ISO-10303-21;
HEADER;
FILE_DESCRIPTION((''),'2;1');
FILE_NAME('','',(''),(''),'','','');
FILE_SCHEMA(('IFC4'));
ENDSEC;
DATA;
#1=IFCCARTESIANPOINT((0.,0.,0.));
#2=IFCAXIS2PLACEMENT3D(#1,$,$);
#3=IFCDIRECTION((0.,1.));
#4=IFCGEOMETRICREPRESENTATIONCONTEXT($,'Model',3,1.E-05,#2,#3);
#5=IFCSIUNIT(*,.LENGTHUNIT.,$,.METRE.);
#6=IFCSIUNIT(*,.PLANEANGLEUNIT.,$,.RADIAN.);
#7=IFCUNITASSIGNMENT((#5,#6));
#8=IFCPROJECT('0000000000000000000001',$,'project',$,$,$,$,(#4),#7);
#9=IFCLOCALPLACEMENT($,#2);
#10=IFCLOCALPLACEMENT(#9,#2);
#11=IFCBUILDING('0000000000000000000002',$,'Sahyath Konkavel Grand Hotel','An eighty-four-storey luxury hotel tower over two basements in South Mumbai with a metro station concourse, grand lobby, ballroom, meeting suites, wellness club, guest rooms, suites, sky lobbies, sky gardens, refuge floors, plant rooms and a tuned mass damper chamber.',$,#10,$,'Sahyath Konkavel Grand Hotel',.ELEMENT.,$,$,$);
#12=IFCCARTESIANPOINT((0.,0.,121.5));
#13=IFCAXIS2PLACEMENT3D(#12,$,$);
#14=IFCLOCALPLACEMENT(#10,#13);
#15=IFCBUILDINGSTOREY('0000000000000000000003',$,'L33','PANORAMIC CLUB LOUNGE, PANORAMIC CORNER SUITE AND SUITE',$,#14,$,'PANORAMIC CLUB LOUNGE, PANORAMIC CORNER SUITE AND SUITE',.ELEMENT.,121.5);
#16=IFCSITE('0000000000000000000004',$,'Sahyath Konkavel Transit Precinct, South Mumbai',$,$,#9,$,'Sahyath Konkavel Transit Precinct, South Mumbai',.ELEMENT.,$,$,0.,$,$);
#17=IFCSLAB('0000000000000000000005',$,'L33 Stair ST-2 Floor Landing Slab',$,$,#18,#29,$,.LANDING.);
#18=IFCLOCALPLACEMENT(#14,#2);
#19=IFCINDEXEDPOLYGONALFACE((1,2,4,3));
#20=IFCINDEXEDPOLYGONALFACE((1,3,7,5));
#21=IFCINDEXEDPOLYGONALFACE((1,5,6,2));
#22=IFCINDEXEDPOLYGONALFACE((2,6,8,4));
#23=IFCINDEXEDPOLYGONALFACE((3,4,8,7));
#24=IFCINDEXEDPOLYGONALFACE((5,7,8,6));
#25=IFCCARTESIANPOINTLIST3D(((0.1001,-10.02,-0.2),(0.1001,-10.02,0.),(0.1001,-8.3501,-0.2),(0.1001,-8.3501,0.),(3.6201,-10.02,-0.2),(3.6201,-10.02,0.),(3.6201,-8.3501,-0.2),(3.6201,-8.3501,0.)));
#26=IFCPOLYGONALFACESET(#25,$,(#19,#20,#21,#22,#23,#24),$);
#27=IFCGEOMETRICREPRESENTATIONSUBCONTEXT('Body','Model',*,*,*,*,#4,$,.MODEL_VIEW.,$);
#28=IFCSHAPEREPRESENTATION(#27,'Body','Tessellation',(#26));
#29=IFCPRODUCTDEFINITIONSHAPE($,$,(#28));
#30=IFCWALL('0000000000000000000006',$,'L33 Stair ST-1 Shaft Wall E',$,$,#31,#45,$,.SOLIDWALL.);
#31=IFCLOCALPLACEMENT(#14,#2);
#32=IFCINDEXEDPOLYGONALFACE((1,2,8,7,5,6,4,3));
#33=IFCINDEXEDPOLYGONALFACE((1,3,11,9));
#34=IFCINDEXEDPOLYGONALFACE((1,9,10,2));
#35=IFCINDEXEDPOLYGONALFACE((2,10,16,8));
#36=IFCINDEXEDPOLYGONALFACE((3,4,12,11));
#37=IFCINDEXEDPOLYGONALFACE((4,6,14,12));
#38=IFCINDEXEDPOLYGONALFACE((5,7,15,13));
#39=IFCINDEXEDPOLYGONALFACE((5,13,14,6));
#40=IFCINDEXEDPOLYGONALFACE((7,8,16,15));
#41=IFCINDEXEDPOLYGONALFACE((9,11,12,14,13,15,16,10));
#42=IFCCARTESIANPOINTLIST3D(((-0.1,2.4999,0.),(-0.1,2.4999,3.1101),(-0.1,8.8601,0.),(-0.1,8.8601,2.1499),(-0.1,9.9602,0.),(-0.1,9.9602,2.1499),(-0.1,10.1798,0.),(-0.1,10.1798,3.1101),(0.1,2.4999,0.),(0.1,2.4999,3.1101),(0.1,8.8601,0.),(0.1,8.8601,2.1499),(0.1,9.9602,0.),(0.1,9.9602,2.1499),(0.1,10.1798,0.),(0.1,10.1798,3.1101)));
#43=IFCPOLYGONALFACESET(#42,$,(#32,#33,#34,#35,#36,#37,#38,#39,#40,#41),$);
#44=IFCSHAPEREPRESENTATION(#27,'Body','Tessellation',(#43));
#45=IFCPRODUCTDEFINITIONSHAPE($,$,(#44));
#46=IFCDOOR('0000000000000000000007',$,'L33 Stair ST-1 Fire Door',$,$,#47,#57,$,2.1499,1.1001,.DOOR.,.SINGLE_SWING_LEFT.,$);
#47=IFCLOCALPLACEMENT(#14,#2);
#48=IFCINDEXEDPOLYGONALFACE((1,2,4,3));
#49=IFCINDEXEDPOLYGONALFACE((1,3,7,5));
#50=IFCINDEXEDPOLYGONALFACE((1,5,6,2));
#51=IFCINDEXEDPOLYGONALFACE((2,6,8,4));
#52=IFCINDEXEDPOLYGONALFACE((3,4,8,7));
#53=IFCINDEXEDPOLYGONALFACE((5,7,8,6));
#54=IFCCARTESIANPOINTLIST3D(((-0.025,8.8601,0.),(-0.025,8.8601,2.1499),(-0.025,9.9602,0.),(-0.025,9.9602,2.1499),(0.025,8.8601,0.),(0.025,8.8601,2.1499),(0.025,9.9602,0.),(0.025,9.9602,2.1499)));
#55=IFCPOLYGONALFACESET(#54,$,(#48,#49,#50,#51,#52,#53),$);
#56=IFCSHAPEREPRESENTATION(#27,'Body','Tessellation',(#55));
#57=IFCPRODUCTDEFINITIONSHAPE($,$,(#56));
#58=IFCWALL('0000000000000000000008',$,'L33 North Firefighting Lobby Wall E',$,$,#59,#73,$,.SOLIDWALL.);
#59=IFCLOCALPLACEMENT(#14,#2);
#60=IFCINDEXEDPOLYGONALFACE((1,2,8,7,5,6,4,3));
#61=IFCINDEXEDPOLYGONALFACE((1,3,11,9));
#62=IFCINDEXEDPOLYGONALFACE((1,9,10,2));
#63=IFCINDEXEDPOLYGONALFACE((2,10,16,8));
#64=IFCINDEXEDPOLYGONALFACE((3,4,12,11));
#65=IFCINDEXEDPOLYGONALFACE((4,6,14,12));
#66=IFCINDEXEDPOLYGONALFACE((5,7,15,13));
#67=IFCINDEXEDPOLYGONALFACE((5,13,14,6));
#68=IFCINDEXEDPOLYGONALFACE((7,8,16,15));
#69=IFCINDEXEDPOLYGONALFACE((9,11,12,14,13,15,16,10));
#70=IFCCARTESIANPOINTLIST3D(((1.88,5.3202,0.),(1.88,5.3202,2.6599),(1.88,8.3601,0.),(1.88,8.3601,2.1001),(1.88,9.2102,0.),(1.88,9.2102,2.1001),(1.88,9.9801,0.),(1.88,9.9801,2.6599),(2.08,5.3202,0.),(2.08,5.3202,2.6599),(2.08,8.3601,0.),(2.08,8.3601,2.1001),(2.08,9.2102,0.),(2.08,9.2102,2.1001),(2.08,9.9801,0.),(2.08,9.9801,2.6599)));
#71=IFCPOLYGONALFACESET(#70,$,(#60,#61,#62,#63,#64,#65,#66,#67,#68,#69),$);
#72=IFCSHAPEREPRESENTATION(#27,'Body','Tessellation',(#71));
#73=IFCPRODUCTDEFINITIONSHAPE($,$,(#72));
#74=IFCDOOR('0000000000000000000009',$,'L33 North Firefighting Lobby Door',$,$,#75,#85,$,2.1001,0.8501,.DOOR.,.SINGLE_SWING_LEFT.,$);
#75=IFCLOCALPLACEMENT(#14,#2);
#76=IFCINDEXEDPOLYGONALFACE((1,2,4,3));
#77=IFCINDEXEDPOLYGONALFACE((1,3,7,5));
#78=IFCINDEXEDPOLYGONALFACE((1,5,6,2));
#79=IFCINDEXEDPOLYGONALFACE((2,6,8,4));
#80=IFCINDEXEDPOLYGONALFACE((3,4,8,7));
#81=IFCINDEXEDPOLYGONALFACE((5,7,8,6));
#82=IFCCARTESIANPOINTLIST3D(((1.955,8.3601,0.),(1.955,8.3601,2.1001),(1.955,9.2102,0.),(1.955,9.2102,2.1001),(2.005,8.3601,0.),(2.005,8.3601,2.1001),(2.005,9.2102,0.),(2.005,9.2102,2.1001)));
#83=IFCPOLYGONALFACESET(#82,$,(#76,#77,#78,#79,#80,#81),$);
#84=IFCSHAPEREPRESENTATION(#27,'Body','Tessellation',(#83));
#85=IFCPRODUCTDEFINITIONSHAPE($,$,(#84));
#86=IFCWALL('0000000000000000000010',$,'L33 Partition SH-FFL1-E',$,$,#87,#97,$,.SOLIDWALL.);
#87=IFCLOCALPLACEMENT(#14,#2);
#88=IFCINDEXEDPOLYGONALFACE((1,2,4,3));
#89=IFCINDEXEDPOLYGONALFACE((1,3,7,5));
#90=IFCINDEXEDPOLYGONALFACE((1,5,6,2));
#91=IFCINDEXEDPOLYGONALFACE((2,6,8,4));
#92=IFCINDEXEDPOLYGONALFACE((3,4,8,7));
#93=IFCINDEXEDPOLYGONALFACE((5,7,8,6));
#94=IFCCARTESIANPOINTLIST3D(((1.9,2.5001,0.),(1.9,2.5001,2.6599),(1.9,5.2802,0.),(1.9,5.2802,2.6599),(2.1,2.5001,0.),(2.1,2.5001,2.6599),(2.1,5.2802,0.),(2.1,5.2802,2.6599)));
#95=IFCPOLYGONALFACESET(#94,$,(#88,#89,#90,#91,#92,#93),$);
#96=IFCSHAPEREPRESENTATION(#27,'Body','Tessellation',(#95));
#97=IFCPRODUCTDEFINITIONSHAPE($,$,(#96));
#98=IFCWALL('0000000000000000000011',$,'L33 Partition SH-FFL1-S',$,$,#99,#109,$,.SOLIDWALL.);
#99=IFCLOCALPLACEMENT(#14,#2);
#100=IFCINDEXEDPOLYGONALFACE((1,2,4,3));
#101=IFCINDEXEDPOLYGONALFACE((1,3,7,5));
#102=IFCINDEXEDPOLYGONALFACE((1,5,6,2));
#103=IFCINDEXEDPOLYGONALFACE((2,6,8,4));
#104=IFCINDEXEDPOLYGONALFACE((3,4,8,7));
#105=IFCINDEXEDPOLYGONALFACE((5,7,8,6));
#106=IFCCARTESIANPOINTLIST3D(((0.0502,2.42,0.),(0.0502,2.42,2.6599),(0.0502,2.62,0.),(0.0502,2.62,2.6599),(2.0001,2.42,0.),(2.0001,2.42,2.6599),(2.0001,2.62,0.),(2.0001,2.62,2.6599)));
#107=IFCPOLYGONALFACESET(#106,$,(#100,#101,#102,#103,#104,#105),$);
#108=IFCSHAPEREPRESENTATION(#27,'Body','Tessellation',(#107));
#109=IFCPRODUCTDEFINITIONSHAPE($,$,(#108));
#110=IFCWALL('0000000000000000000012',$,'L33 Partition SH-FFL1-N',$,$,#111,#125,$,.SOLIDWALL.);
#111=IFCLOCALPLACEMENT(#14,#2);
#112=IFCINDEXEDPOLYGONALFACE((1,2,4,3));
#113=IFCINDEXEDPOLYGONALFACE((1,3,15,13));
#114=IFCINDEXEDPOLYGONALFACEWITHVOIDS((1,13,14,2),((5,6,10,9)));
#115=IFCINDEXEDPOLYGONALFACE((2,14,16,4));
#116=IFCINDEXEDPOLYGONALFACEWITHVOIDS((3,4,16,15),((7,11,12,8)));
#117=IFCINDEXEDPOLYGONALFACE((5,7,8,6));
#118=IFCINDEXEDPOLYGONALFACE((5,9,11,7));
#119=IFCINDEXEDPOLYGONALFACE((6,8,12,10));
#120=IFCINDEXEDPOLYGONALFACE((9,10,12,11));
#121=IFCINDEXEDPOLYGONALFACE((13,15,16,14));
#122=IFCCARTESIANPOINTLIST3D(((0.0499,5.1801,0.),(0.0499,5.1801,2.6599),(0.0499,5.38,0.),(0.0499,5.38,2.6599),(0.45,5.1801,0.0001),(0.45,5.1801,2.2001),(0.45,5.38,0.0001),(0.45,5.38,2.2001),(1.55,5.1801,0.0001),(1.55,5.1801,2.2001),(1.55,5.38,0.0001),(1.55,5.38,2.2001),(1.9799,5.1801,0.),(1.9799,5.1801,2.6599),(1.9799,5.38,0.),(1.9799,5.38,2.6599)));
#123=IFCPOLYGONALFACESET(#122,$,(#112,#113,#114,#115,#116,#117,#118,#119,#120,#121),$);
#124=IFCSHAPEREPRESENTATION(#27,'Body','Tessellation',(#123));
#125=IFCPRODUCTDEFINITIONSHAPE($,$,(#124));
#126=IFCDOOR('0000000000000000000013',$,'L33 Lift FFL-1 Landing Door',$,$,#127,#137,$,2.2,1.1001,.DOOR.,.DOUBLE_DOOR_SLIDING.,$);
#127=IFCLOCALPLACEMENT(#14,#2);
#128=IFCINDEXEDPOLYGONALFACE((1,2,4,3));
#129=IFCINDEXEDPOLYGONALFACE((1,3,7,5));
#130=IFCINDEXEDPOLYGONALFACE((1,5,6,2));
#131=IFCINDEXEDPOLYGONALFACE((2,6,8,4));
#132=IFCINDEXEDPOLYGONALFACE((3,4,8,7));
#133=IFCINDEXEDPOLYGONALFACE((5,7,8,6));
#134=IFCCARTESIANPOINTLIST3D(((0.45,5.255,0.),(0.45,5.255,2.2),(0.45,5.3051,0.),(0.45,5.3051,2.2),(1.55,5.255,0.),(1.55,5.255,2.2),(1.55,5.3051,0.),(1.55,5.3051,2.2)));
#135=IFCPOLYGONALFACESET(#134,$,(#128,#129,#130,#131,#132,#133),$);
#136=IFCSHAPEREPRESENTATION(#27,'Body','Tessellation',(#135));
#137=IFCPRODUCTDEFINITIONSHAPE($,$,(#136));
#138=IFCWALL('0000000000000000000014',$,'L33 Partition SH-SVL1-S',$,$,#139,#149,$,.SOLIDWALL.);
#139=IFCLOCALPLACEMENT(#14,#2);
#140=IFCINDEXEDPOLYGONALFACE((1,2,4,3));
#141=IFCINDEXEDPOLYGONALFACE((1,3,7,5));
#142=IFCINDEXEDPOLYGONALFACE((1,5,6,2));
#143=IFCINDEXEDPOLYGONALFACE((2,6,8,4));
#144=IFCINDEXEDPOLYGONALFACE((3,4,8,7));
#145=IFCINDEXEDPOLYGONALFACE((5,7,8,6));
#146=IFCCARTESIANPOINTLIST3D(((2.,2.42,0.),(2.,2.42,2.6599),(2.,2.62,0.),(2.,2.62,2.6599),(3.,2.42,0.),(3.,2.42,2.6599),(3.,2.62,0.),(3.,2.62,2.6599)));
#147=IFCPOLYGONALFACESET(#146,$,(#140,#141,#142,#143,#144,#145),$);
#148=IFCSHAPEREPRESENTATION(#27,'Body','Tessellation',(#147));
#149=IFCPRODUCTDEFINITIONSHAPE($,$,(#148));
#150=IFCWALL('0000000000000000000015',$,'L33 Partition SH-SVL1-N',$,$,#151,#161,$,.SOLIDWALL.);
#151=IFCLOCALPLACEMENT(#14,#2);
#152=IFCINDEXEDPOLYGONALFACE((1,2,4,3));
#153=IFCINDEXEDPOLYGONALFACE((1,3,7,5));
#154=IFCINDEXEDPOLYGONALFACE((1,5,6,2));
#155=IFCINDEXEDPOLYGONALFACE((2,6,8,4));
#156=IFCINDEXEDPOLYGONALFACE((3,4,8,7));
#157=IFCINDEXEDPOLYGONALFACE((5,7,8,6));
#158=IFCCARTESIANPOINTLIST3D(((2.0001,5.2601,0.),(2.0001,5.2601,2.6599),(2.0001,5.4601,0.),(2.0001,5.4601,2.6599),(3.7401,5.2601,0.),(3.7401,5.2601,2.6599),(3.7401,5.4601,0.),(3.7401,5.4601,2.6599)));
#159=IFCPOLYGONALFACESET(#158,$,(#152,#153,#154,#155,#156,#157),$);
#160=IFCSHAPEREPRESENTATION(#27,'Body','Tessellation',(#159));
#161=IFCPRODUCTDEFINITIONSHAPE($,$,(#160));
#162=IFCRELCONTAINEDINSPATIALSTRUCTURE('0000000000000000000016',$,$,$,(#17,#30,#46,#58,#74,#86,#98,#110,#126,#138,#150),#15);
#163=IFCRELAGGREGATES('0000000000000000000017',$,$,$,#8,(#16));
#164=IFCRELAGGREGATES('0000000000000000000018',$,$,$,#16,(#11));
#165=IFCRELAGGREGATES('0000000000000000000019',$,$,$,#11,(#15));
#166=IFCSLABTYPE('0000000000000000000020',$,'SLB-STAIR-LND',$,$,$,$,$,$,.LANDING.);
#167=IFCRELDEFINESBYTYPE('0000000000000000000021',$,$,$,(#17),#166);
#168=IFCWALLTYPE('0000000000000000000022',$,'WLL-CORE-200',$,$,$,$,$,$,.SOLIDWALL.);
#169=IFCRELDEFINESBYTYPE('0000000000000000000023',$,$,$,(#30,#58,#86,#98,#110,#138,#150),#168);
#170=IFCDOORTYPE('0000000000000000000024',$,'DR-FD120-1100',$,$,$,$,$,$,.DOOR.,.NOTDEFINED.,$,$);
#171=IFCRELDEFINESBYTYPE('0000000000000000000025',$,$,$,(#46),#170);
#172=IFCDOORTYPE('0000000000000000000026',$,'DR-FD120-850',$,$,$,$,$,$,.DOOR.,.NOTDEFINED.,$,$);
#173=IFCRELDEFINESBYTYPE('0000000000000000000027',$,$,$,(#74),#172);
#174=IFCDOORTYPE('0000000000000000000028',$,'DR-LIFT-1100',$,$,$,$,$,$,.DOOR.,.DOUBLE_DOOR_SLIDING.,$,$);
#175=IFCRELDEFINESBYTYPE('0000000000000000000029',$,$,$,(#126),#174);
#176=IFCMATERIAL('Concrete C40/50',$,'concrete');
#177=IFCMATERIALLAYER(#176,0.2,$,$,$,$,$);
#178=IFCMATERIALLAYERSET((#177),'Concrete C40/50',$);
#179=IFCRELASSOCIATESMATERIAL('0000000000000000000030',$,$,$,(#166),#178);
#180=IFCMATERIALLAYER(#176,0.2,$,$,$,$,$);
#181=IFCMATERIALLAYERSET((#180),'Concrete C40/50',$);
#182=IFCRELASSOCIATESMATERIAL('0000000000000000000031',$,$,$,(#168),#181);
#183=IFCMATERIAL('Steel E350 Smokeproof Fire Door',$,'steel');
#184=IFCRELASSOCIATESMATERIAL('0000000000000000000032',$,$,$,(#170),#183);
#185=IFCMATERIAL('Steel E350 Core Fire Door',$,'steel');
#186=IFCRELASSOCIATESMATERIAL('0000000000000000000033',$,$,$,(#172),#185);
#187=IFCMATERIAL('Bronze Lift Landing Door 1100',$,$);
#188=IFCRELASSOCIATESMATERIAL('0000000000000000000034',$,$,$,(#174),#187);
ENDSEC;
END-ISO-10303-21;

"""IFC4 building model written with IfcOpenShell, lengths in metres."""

from ifc_helpers import new_model, si_unit, direction, frame, frame_2d, origin, origin_2d, place, context, subcontext, project, spatial, polyline, rectangle, outline, extrude, source, transform, mapped, material, layer, layer_set, type_object, element, fill, save


model = new_model("IFC4")

# Units and contexts
model_context = context("Model", 3, precision=1e-05, world=origin(), true_north=direction((0.0, 1.0)))
body_context = subcontext(model_context, "Body", "Model", "MODEL_VIEW")
ifc_project = project(units=[si_unit("LENGTHUNIT", "METRE"), si_unit("PLANEANGLEUNIT", "RADIAN")], contexts=[model_context])

# Site, building, storey
site_placement = place(None, origin())
site = spatial("IfcSite", under=ifc_project, at=site_placement, Name="Sahyath Konkavel Transit Precinct, South Mumbai", LongName="Sahyath Konkavel Transit Precinct, South Mumbai", CompositionType="ELEMENT", RefElevation=0.0)
building_placement = place(site_placement, origin())
building = spatial("IfcBuilding", under=site, at=building_placement, Name="Sahyath Konkavel Grand Hotel", Description="An eighty-four-storey luxury hotel tower over two basements in South Mumbai with a metro station concourse, grand lobby, ballroom, meeting suites, wellness club, guest rooms, suites, sky lobbies, sky gardens, refuge floors, plant rooms and a tuned mass damper chamber.", LongName="Sahyath Konkavel Grand Hotel", CompositionType="ELEMENT")
storey_placement = place(building_placement, frame((0.0, 0.0, 121.5)))
storey = spatial("IfcBuildingStorey", under=building, at=storey_placement, Name="L33", Description="PANORAMIC CLUB LOUNGE, PANORAMIC CORNER SUITE AND SUITE", LongName="PANORAMIC CLUB LOUNGE, PANORAMIC CORNER SUITE AND SUITE", CompositionType="ELEMENT", Elevation=121.5)

# Slab
ifc_material_1 = material(Name="Concrete C40/50", Category="concrete")
ifc_layer_1 = layer(ifc_material_1, 0.2)
ifc_layer_set_1 = layer_set([ifc_layer_1], Name="Concrete C40/50")
slab_type_1 = type_object("IfcSlabType", Name="SLB-STAIR-LND", PredefinedType="LANDING", material=ifc_layer_set_1)
slab_1_placement = place(storey_placement, frame((0.0, 0.0, -0.2)))
element("IfcSlab", 1, at=slab_1_placement, inside=storey, type_object=slab_type_1, Name="L33 Stair ST-2 Floor Landing Slab", PredefinedType="LANDING", context=body_context, shape_type="SweptSolid", body=[
    extrude(outline(polyline([(0.1001, -10.02), (3.6201, -10.02), (3.6201, -8.3501), (0.1001, -8.3501), (0.1001, -10.02)])), origin(), (0.0, 0.0, 1.0), 0.2),
])

# Walls, openings, doors
ifc_layer_2 = layer(ifc_material_1, 0.2)
ifc_layer_set_2 = layer_set([ifc_layer_2], Name="Concrete C40/50")
wall_type_1 = type_object("IfcWallType", Name="WLL-CORE-200", PredefinedType="SOLIDWALL", material=ifc_layer_set_2)
wall_1_placement = place(storey_placement, frame((0.0, 2.5, 0.0), z_axis=(0.0, 0.0, 1.0), x_axis=(0.0, 1.0, 0.0)))
wall_1 = element("IfcWall", 2, at=wall_1_placement, inside=storey, type_object=wall_type_1, Name="L33 Stair ST-1 Shaft Wall E", PredefinedType="SOLIDWALL", context=body_context, shape_type="SweptSolid", body=[
    extrude(rectangle(XDim=7.6799, YDim=0.2, at=frame_2d((3.8398, 0.0))), origin(), (0.0, 0.0, 1.0), 3.1101),
])
opening_1_placement = place(wall_1_placement, frame((6.3601, 0.0, 0.0)))
opening_1 = element("IfcOpeningElement", 3, at=opening_1_placement, cuts=wall_1, PredefinedType="OPENING", context=body_context, shape_type="SweptSolid", body=[
    extrude(rectangle(XDim=1.1001, YDim=2.1499, at=frame_2d((0.55, 1.075))), frame((0.0, 0.1099, 0.0), z_axis=(0.0, -1.0, 0.0), x_axis=(1.0, 0.0, 0.0)), (0.0, 0.0, 1.0), 0.22),
])
ifc_material_2 = material(Name="Steel E350 Smokeproof Fire Door", Category="steel")
door_type_1 = type_object("IfcDoorType", Name="DR-FD120-1100", OperationType="NOTDEFINED", PredefinedType="DOOR", material=ifc_material_2)
shared_shape_1 = source(origin(), body_context, "Body", "SweptSolid", [
    extrude(rectangle(XDim=1.1001, YDim=0.05, at=origin_2d()), origin(), (0.0, 0.0, 1.0), 2.1499),
])
door_1_placement = place(opening_1_placement, frame((0.55, 0.0, 0.0)))
door_1 = element("IfcDoor", 4, at=door_1_placement, inside=storey, type_object=door_type_1, Name="L33 Stair ST-1 Fire Door", OperationType="SINGLE_SWING_LEFT", OverallHeight=2.1499, OverallWidth=1.1001, PredefinedType="DOOR", context=body_context, shape_type="MappedRepresentation", body=[
    mapped(shared_shape_1, transform((0.0, 0.0, 0.0), scale=1.0)),
])
fill(opening_1, door_1)
wall_2_placement = place(storey_placement, frame((1.98, 5.3201, 0.0), z_axis=(0.0, 0.0, 1.0), x_axis=(0.0, 1.0, 0.0)))
wall_2 = element("IfcWall", 5, at=wall_2_placement, inside=storey, type_object=wall_type_1, Name="L33 North Firefighting Lobby Wall E", PredefinedType="SOLIDWALL", context=body_context, shape_type="SweptSolid", body=[
    extrude(rectangle(XDim=4.6599, YDim=0.2, at=frame_2d((2.3301, 0.0))), origin(), (0.0, 0.0, 1.0), 2.6599),
])
opening_2_placement = place(wall_2_placement, frame((3.04, 0.0, 0.0)))
opening_2 = element("IfcOpeningElement", 6, at=opening_2_placement, cuts=wall_2, PredefinedType="OPENING", context=body_context, shape_type="SweptSolid", body=[
    extrude(rectangle(XDim=0.8501, YDim=2.1001, at=frame_2d((0.425, 1.05))), frame((0.0, 0.1099, 0.0), z_axis=(0.0, -1.0, 0.0), x_axis=(1.0, 0.0, 0.0)), (0.0, 0.0, 1.0), 0.22),
])
ifc_material_3 = material(Name="Steel E350 Core Fire Door", Category="steel")
door_type_2 = type_object("IfcDoorType", Name="DR-FD120-850", OperationType="NOTDEFINED", PredefinedType="DOOR", material=ifc_material_3)
shared_shape_2 = source(origin(), body_context, "Body", "SweptSolid", [
    extrude(rectangle(XDim=0.8501, YDim=0.05, at=origin_2d()), origin(), (0.0, 0.0, 1.0), 2.1001),
])
door_2_placement = place(opening_2_placement, frame((0.425, 0.0, 0.0)))
door_2 = element("IfcDoor", 7, at=door_2_placement, inside=storey, type_object=door_type_2, Name="L33 North Firefighting Lobby Door", OperationType="SINGLE_SWING_LEFT", OverallHeight=2.1001, OverallWidth=0.8501, PredefinedType="DOOR", context=body_context, shape_type="MappedRepresentation", body=[
    mapped(shared_shape_2, transform((0.0, 0.0, 0.0), scale=1.0)),
])
fill(opening_2, door_2)

# Walls
wall_3_placement = place(storey_placement, frame((2.0, 2.5, 0.0), z_axis=(0.0, 0.0, 1.0), x_axis=(0.0, 1.0, 0.0)))
element("IfcWall", 8, at=wall_3_placement, inside=storey, type_object=wall_type_1, Name="L33 Partition SH-FFL1-E", PredefinedType="SOLIDWALL", context=body_context, shape_type="SweptSolid", body=[
    extrude(rectangle(XDim=2.78, YDim=0.2, at=frame_2d((1.3901, 0.0))), origin(), (0.0, 0.0, 1.0), 2.6599),
])
wall_4_placement = place(storey_placement, frame((0.05, 2.52, 0.0), z_axis=(0.0, 0.0, 1.0), x_axis=(1.0, 0.0, 0.0)))
element("IfcWall", 9, at=wall_4_placement, inside=storey, type_object=wall_type_1, Name="L33 Partition SH-FFL1-S", PredefinedType="SOLIDWALL", context=body_context, shape_type="SweptSolid", body=[
    extrude(rectangle(XDim=1.95, YDim=0.2, at=frame_2d((0.9751, 0.0))), origin(), (0.0, 0.0, 1.0), 2.6599),
])

# Wall, opening, door
wall_5_placement = place(storey_placement, frame((0.05, 5.28, 0.0), z_axis=(0.0, 0.0, 1.0), x_axis=(1.0, 0.0, 0.0)))
wall_5 = element("IfcWall", 10, at=wall_5_placement, inside=storey, type_object=wall_type_1, Name="L33 Partition SH-FFL1-N", PredefinedType="SOLIDWALL", context=body_context, shape_type="SweptSolid", body=[
    extrude(rectangle(XDim=1.9299, YDim=0.2, at=frame_2d((0.9648, 0.0))), origin(), (0.0, 0.0, 1.0), 2.6599),
])
opening_3_placement = place(wall_5_placement, frame((0.3999, 0.0, 0.0)))
opening_3 = element("IfcOpeningElement", 11, at=opening_3_placement, cuts=wall_5, PredefinedType="OPENING", context=body_context, shape_type="SweptSolid", body=[
    extrude(rectangle(XDim=1.1001, YDim=2.2, at=frame_2d((0.55, 1.1001))), frame((0.0, 0.1099, 0.0), z_axis=(0.0, -1.0, 0.0), x_axis=(1.0, 0.0, 0.0)), (0.0, 0.0, 1.0), 0.22),
])
ifc_material_4 = material(Name="Bronze Lift Landing Door 1100")
door_type_3 = type_object("IfcDoorType", Name="DR-LIFT-1100", OperationType="DOUBLE_DOOR_SLIDING", PredefinedType="DOOR", material=ifc_material_4)
shared_shape_3 = source(origin(), body_context, "Body", "SweptSolid", [
    extrude(rectangle(XDim=1.1001, YDim=0.05, at=origin_2d()), origin(), (0.0, 0.0, 1.0), 2.2),
])
door_3_placement = place(opening_3_placement, frame((0.55, 0.0, 0.0)))
door_3 = element("IfcDoor", 12, at=door_3_placement, inside=storey, type_object=door_type_3, Name="L33 Lift FFL-1 Landing Door", OperationType="DOUBLE_DOOR_SLIDING", OverallHeight=2.2, OverallWidth=1.1001, PredefinedType="DOOR", context=body_context, shape_type="MappedRepresentation", body=[
    mapped(shared_shape_3, transform((0.0, 0.0, 0.0), scale=1.0)),
])
fill(opening_3, door_3)

# Walls
wall_6_placement = place(storey_placement, frame((2.0, 2.52, 0.0), z_axis=(0.0, 0.0, 1.0), x_axis=(1.0, 0.0, 0.0)))
element("IfcWall", 13, at=wall_6_placement, inside=storey, type_object=wall_type_1, Name="L33 Partition SH-SVL1-S", PredefinedType="SOLIDWALL", context=body_context, shape_type="SweptSolid", body=[
    extrude(rectangle(XDim=1.0, YDim=0.2, at=frame_2d((0.5, 0.0))), origin(), (0.0, 0.0, 1.0), 2.6599),
])
wall_7_placement = place(storey_placement, frame((2.0, 5.3601, 0.0), z_axis=(0.0, 0.0, 1.0), x_axis=(1.0, 0.0, 0.0)))
element("IfcWall", 14, at=wall_7_placement, inside=storey, type_object=wall_type_1, Name="L33 Partition SH-SVL1-N", PredefinedType="SOLIDWALL", context=body_context, shape_type="SweptSolid", body=[
    extrude(rectangle(XDim=1.74, YDim=0.2, at=frame_2d((0.8701, 0.0))), origin(), (0.0, 0.0, 1.0), 2.6599),
])

save(model, "model.ifc")
